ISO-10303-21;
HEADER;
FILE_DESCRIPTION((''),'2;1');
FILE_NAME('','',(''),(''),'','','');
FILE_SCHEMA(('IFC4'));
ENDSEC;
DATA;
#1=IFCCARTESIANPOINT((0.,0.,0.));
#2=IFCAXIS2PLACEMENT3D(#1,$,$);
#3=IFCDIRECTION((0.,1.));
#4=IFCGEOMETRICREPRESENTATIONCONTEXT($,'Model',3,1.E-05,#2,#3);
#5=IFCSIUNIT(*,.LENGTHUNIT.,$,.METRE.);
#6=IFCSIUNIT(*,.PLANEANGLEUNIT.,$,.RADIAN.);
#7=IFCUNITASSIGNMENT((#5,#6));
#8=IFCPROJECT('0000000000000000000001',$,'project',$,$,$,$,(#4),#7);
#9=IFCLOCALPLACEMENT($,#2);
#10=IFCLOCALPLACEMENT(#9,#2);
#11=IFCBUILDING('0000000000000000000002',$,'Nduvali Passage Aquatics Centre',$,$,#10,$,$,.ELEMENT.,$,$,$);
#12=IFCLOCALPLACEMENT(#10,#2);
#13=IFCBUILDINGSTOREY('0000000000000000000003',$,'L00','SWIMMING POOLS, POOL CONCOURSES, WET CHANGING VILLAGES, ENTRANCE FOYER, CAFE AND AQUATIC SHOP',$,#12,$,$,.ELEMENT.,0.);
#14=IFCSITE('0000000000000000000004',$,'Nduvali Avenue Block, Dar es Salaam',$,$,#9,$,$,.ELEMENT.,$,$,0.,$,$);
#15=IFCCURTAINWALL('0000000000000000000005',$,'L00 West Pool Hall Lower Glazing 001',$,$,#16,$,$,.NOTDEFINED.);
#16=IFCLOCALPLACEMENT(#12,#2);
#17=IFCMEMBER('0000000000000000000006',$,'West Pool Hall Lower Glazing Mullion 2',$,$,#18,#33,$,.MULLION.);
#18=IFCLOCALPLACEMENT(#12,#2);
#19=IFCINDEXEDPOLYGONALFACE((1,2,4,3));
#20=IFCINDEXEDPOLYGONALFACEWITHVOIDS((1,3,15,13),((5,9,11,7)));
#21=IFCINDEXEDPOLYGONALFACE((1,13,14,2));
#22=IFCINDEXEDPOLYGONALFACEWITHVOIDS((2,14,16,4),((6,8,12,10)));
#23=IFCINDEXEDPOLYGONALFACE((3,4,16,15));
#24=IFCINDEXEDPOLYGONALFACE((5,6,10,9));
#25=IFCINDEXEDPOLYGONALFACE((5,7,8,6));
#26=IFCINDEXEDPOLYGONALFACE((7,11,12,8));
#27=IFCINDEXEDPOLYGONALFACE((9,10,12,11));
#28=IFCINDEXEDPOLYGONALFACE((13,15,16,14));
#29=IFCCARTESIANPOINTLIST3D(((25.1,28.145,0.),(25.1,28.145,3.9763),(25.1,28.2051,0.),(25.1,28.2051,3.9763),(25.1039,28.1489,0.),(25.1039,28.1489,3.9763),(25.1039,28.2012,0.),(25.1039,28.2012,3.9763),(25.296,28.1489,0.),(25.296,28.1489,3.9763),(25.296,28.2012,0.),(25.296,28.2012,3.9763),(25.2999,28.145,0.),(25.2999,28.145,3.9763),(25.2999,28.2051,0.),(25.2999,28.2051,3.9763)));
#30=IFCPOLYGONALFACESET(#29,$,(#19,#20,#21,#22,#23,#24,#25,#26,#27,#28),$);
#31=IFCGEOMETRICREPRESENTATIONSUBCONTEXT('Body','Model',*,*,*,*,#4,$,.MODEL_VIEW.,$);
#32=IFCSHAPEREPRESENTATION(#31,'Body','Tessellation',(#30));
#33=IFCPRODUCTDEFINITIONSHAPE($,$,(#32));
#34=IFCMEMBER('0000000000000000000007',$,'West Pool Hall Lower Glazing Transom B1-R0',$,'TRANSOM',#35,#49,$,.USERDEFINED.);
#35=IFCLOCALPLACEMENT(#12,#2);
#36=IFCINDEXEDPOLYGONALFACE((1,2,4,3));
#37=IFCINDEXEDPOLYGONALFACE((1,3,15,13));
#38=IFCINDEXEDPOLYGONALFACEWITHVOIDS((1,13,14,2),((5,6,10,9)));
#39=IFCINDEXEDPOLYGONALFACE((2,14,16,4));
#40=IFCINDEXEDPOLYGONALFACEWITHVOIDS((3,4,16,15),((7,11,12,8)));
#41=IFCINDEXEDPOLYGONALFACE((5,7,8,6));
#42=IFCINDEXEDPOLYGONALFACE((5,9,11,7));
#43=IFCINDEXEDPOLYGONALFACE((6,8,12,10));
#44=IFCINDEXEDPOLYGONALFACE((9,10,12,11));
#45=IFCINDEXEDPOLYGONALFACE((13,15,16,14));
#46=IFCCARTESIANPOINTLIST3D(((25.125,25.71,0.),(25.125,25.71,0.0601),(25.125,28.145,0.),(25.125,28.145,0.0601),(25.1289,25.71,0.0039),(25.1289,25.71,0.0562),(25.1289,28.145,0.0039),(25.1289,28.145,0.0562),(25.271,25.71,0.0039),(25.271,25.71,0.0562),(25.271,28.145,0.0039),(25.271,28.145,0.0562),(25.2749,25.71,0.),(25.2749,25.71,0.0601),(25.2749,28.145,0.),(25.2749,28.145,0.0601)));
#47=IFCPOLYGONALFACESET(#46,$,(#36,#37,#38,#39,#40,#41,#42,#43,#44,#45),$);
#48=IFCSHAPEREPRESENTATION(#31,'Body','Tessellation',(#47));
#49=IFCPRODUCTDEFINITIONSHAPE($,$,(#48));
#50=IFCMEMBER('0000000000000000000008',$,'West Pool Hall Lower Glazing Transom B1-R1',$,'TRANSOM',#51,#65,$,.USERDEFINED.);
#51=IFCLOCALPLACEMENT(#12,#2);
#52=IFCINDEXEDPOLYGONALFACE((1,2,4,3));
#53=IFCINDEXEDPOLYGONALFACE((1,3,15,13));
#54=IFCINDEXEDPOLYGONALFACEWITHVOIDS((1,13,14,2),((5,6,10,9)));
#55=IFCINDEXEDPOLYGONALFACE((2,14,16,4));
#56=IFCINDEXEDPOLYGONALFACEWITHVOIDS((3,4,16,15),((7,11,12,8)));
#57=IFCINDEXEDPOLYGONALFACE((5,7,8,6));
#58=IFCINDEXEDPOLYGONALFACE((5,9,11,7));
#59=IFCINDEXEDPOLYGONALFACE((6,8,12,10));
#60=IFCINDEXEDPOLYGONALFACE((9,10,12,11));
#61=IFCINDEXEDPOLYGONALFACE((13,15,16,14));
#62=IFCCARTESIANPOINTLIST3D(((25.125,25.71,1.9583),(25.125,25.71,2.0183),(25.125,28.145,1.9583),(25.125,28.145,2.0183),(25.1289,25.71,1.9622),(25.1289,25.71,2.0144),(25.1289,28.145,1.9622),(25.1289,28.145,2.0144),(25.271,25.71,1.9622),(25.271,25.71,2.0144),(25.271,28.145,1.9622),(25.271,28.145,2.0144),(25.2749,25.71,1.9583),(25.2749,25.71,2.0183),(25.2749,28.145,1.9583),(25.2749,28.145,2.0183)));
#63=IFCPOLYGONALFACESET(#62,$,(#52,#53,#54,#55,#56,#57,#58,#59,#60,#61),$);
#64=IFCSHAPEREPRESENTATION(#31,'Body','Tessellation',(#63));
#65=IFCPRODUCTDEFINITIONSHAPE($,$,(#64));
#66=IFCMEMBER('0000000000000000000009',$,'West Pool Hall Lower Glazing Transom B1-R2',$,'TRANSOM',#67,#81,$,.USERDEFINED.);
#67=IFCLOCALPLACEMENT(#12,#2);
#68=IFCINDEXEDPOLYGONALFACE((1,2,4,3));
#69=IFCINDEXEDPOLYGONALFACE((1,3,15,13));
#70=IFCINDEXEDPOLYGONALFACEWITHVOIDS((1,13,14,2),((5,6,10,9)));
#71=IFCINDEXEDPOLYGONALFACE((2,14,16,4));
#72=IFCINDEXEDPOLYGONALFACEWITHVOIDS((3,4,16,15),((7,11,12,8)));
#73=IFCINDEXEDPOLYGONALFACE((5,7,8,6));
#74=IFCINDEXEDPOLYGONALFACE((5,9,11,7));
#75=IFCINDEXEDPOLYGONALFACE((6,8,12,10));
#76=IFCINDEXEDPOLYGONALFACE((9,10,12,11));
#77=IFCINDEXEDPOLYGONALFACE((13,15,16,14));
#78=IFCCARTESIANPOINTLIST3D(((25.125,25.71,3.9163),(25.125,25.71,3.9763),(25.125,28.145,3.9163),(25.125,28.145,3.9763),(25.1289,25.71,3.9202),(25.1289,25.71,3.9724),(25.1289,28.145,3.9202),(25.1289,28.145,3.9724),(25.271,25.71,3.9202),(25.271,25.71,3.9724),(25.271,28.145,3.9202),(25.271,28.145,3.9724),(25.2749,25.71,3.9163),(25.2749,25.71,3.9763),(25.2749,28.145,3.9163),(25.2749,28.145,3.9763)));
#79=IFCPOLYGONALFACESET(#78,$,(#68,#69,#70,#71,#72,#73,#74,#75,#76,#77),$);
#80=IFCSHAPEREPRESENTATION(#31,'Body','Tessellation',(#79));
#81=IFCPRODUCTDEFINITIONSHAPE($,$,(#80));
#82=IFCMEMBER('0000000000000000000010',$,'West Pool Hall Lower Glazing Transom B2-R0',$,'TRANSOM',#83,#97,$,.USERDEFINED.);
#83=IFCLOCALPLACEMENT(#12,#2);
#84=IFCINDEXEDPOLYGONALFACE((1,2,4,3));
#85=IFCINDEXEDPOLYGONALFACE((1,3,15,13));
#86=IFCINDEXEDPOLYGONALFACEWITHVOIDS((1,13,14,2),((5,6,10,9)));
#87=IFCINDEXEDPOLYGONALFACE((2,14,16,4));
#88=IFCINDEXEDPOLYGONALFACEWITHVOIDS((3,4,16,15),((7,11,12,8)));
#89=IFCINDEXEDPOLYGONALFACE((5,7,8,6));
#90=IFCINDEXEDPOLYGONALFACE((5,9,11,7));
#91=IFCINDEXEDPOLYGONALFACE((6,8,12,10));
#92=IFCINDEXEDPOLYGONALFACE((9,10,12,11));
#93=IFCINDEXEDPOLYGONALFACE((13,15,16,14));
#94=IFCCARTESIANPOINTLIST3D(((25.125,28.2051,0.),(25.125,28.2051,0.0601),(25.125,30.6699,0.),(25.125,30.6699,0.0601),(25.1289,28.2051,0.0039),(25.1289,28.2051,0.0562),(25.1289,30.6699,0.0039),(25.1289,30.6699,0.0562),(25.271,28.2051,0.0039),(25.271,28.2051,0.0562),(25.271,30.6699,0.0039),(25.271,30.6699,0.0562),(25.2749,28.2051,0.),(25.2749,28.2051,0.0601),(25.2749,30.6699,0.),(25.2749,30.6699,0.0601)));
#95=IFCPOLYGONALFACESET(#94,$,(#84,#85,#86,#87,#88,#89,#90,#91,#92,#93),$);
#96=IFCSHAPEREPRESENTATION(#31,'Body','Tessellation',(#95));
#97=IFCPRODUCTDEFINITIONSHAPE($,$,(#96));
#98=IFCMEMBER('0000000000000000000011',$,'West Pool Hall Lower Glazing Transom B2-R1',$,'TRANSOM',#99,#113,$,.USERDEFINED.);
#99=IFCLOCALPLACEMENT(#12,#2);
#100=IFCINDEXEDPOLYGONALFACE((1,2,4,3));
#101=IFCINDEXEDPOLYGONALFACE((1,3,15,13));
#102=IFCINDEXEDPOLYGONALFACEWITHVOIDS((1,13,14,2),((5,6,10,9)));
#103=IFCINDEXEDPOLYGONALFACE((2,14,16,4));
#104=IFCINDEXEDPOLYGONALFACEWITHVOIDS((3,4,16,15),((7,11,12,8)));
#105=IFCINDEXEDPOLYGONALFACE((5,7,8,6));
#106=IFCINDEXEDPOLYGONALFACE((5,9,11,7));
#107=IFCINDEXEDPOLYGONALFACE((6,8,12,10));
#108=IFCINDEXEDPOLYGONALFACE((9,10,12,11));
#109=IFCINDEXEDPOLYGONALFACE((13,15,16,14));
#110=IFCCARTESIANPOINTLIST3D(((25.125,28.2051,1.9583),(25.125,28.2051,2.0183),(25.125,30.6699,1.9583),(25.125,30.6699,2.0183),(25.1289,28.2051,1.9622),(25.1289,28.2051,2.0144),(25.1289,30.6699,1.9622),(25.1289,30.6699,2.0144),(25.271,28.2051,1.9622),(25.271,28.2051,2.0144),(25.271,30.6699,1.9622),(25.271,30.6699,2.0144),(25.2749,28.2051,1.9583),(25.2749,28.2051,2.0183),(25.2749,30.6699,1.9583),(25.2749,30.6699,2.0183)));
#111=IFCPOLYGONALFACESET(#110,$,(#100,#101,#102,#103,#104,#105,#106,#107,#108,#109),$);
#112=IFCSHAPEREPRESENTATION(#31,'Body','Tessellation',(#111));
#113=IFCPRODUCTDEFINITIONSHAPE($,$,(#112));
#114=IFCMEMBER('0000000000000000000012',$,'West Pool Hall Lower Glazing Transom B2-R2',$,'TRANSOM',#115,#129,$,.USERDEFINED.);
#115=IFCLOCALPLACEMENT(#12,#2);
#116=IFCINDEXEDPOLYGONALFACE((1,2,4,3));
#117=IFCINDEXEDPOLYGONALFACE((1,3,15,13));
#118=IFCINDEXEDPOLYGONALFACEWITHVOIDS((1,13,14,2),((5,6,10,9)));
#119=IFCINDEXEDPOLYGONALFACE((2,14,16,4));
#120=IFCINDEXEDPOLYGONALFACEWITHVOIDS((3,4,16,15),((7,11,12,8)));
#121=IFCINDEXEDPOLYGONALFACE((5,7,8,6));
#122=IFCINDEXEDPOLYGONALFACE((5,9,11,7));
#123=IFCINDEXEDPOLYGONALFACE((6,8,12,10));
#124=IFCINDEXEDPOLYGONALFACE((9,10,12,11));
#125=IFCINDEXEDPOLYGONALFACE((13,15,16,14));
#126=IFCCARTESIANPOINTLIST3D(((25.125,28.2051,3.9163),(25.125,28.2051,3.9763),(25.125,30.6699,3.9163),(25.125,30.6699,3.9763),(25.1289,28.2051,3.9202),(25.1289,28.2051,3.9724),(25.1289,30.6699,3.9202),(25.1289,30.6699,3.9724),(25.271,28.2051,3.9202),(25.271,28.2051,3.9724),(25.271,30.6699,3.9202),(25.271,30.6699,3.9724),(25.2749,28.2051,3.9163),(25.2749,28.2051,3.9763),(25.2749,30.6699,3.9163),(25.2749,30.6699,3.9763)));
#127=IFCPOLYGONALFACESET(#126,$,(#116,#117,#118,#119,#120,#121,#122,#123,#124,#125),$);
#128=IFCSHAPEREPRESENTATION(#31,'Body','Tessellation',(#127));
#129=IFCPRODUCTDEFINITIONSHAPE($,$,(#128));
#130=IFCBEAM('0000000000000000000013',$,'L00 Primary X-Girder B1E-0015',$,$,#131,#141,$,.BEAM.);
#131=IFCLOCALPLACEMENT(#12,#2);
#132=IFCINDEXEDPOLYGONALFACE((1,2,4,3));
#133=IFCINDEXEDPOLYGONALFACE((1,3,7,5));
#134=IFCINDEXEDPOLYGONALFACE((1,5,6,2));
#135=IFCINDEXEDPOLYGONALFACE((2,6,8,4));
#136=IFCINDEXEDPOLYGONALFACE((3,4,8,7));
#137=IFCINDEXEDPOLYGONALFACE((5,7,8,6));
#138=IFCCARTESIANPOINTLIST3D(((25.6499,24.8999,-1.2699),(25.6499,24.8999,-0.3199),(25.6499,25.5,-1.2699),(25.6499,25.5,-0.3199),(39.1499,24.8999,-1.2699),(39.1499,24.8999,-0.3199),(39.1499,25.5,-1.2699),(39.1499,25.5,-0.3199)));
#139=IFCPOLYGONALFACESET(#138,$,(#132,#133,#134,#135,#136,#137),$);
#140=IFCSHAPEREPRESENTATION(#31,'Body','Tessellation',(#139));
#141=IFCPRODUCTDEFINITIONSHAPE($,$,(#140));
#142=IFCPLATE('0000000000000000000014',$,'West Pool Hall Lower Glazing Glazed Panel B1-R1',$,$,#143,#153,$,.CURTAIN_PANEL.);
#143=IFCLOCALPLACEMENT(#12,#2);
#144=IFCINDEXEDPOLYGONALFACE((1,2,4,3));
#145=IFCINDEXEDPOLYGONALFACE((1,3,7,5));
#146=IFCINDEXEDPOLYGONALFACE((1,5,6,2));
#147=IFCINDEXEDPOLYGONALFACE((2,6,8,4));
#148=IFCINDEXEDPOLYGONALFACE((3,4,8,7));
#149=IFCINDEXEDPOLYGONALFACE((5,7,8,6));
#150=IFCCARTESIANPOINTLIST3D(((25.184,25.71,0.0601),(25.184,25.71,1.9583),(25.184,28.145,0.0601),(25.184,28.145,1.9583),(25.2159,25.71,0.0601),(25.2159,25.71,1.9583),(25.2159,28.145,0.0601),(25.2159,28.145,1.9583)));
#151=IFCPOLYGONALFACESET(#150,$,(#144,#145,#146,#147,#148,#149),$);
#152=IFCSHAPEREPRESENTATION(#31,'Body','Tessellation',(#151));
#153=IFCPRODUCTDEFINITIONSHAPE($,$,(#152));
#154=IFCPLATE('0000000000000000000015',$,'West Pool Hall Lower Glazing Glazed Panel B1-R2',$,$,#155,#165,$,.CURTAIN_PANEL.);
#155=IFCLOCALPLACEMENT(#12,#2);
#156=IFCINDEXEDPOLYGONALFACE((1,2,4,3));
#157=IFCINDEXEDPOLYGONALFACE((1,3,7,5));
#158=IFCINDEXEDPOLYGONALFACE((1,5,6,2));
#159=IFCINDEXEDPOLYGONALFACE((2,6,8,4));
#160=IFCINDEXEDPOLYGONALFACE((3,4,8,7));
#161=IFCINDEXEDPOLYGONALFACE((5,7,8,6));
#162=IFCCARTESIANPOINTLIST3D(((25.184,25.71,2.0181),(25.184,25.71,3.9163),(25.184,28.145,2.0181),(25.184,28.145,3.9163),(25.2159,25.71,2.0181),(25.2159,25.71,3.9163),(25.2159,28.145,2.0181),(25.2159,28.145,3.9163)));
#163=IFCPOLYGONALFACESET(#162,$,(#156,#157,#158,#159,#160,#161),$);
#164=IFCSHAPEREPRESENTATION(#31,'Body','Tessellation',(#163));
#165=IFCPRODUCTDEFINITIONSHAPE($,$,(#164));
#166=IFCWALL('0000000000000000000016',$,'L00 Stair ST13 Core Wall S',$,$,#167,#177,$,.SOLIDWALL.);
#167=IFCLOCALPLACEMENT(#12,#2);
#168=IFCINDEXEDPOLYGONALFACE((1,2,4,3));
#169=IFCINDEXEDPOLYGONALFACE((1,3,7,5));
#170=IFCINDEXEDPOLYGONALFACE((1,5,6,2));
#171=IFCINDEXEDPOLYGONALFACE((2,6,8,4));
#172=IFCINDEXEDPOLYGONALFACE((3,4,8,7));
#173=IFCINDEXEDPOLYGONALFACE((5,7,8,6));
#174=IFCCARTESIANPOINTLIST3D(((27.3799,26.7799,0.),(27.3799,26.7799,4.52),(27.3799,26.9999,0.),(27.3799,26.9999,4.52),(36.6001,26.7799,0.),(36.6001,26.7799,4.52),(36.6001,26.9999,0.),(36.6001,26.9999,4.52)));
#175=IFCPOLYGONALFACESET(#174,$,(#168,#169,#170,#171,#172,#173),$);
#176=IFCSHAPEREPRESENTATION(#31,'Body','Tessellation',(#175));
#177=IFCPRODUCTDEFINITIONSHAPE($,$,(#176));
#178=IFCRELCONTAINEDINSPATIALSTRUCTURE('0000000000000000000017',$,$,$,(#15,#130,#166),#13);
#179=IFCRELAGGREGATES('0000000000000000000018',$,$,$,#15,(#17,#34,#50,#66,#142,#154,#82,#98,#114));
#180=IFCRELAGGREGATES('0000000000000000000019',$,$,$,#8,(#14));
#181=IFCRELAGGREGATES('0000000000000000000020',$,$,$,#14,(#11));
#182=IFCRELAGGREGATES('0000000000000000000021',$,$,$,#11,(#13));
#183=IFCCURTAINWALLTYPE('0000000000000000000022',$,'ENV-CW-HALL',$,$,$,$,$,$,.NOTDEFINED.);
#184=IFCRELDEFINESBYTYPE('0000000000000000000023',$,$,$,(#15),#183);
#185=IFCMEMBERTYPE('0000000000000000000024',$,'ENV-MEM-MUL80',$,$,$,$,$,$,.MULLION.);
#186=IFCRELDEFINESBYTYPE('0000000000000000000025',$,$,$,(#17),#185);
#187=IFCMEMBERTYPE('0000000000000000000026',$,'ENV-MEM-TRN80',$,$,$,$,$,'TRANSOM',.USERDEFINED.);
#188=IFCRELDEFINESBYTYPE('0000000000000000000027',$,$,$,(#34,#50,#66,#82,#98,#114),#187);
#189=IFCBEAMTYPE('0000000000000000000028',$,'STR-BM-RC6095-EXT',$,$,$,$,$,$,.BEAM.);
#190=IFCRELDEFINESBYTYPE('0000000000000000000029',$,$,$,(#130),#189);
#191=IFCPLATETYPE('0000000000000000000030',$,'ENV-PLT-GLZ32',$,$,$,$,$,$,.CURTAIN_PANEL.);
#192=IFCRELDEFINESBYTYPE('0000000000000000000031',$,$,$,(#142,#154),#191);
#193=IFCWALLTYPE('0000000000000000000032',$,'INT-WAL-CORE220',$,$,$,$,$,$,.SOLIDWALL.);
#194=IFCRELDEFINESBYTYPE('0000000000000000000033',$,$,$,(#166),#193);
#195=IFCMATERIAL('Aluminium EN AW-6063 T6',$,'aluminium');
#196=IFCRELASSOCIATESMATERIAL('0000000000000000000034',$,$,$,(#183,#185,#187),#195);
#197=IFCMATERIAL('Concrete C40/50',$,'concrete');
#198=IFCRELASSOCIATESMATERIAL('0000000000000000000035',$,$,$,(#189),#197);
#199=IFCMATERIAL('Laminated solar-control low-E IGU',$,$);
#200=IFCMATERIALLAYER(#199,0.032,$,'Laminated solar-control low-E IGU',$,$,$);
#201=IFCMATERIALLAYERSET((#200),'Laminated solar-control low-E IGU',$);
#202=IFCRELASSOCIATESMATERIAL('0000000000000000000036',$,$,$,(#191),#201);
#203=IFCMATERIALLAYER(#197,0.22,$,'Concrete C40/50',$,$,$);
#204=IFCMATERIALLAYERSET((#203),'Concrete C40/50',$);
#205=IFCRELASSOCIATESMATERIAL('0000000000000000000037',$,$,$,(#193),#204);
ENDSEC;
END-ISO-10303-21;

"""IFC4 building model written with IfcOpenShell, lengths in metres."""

from ifc_helpers import new_model, si_unit, direction, frame, frame_2d, origin, origin_2d, place, context, subcontext, project, spatial, rectangle, hollow_rectangle, extrude, material, layer, layer_set, material_profile, profile_set, type_object, element, aggregate, save


model = new_model("IFC4")

# Units and contexts
model_context = context("Model", 3, precision=1e-05, world=origin(), true_north=direction((0.0, 1.0)))
body_context = subcontext(model_context, "Body", "Model", "MODEL_VIEW")
ifc_project = project(units=[si_unit("LENGTHUNIT", "METRE"), si_unit("PLANEANGLEUNIT", "RADIAN")], contexts=[model_context])

# Site, building, storey
site_placement = place(None, origin())
site = spatial("IfcSite", under=ifc_project, at=site_placement, Name="Nduvali Avenue Block, Dar es Salaam", CompositionType="ELEMENT", RefElevation=0.0)
building_placement = place(site_placement, origin())
building = spatial("IfcBuilding", under=site, at=building_placement, Name="Nduvali Passage Aquatics Centre", CompositionType="ELEMENT")
storey_placement = place(building_placement, origin())
storey = spatial("IfcBuildingStorey", under=building, at=storey_placement, Name="L00", Description="SWIMMING POOLS, POOL CONCOURSES, WET CHANGING VILLAGES, ENTRANCE FOYER, CAFE AND AQUATIC SHOP", CompositionType="ELEMENT", Elevation=0.0)

# Curtain wall, members
ifc_material_1 = material(Name="Aluminium EN AW-6063 T6", Category="aluminium")
curtain_wall_type = type_object("IfcCurtainWallType", Name="ENV-CW-HALL", PredefinedType="NOTDEFINED", material=ifc_material_1)
curtain_wall_placement = place(storey_placement, origin())
curtain_wall = element("IfcCurtainWall", 1, at=curtain_wall_placement, inside=storey, type_object=curtain_wall_type, Name="L00 West Pool Hall Lower Glazing 001", PredefinedType="NOTDEFINED")
ifc_material_profile_1 = material_profile(ifc_material_1, hollow_rectangle(XDim=0.0601, YDim=0.2, WallThickness=0.0039, at=origin_2d()), Name="ALU MULLION 60x200x4")
ifc_profile_set_1 = profile_set([ifc_material_profile_1], Name="Aluminium EN AW-6063 T6")
member_type_1 = type_object("IfcMemberType", Name="ENV-MEM-MUL80", PredefinedType="MULLION", material=ifc_profile_set_1)
member_1_placement = place(storey_placement, frame((25.2, 28.175, 0.0), z_axis=(0.0, 0.0, 1.0), x_axis=(0.0, 1.0, 0.0)))
member_1 = element("IfcMember", 2, at=member_1_placement, type_object=member_type_1, Name="West Pool Hall Lower Glazing Mullion 2", PredefinedType="MULLION", context=body_context, shape_type="SweptSolid", body=[
    extrude(hollow_rectangle(XDim=0.0601, YDim=0.2, WallThickness=0.0039, at=origin_2d()), origin(), (0.0, 0.0, 1.0), 3.9763),
])
ifc_material_profile_2 = material_profile(ifc_material_1, hollow_rectangle(XDim=0.1499, YDim=0.0601, WallThickness=0.0039, at=origin_2d()), Name="ALU TRANSOM 150x60x4")
ifc_profile_set_2 = profile_set([ifc_material_profile_2], Name="Aluminium EN AW-6063 T6")
member_type_2 = type_object("IfcMemberType", Name="ENV-MEM-TRN80", ElementType="TRANSOM", PredefinedType="USERDEFINED", material=ifc_profile_set_2)
member_2_placement = place(storey_placement, frame((25.2, 25.71, 0.03), z_axis=(0.0, 1.0, 0.0), x_axis=(-1.0, 0.0, 0.0)))
member_2 = element("IfcMember", 3, at=member_2_placement, type_object=member_type_2, Name="West Pool Hall Lower Glazing Transom B1-R0", ObjectType="TRANSOM", PredefinedType="USERDEFINED", context=body_context, shape_type="SweptSolid", body=[
    extrude(hollow_rectangle(XDim=0.1499, YDim=0.0601, WallThickness=0.0039, at=origin_2d()), origin(), (0.0, 0.0, 1.0), 2.4351),
])
member_3_placement = place(storey_placement, frame((25.2, 25.71, 1.9883), z_axis=(0.0, 1.0, 0.0), x_axis=(-1.0, 0.0, 0.0)))
member_3 = element("IfcMember", 4, at=member_3_placement, type_object=member_type_2, Name="West Pool Hall Lower Glazing Transom B1-R1", ObjectType="TRANSOM", PredefinedType="USERDEFINED", context=body_context, shape_type="SweptSolid", body=[
    extrude(hollow_rectangle(XDim=0.1499, YDim=0.0601, WallThickness=0.0039, at=origin_2d()), origin(), (0.0, 0.0, 1.0), 2.4351),
])
member_4_placement = place(storey_placement, frame((25.2, 25.71, 3.9463), z_axis=(0.0, 1.0, 0.0), x_axis=(-1.0, 0.0, 0.0)))
member_4 = element("IfcMember", 5, at=member_4_placement, type_object=member_type_2, Name="West Pool Hall Lower Glazing Transom B1-R2", ObjectType="TRANSOM", PredefinedType="USERDEFINED", context=body_context, shape_type="SweptSolid", body=[
    extrude(hollow_rectangle(XDim=0.1499, YDim=0.0601, WallThickness=0.0039, at=origin_2d()), origin(), (0.0, 0.0, 1.0), 2.4351),
])
member_5_placement = place(storey_placement, frame((25.2, 28.2051, 0.03), z_axis=(0.0, 1.0, 0.0), x_axis=(-1.0, 0.0, 0.0)))
member_5 = element("IfcMember", 6, at=member_5_placement, type_object=member_type_2, Name="West Pool Hall Lower Glazing Transom B2-R0", ObjectType="TRANSOM", PredefinedType="USERDEFINED", context=body_context, shape_type="SweptSolid", body=[
    extrude(hollow_rectangle(XDim=0.1499, YDim=0.0601, WallThickness=0.0039, at=origin_2d()), origin(), (0.0, 0.0, 1.0), 2.4648),
])
member_6_placement = place(storey_placement, frame((25.2, 28.2051, 1.9883), z_axis=(0.0, 1.0, 0.0), x_axis=(-1.0, 0.0, 0.0)))
member_6 = element("IfcMember", 7, at=member_6_placement, type_object=member_type_2, Name="West Pool Hall Lower Glazing Transom B2-R1", ObjectType="TRANSOM", PredefinedType="USERDEFINED", context=body_context, shape_type="SweptSolid", body=[
    extrude(hollow_rectangle(XDim=0.1499, YDim=0.0601, WallThickness=0.0039, at=origin_2d()), origin(), (0.0, 0.0, 1.0), 2.4648),
])
member_7_placement = place(storey_placement, frame((25.2, 28.2051, 3.9463), z_axis=(0.0, 1.0, 0.0), x_axis=(-1.0, 0.0, 0.0)))
member_7 = element("IfcMember", 8, at=member_7_placement, type_object=member_type_2, Name="West Pool Hall Lower Glazing Transom B2-R2", ObjectType="TRANSOM", PredefinedType="USERDEFINED", context=body_context, shape_type="SweptSolid", body=[
    extrude(hollow_rectangle(XDim=0.1499, YDim=0.0601, WallThickness=0.0039, at=origin_2d()), origin(), (0.0, 0.0, 1.0), 2.4648),
])

# Beam
ifc_material_2 = material(Name="Concrete C40/50", Category="concrete")
ifc_material_profile_3 = material_profile(ifc_material_2, rectangle(XDim=0.6001, YDim=0.95, at=origin_2d()), Name="RC 600x950")
ifc_profile_set_3 = profile_set([ifc_material_profile_3], Name="Concrete C40/50")
beam_type = type_object("IfcBeamType", Name="STR-BM-RC6095-EXT", PredefinedType="BEAM", material=ifc_profile_set_3)
beam_placement = place(storey_placement, frame((25.6499, 25.2, -0.7949), z_axis=(1.0, 0.0, 0.0), x_axis=(0.0, 1.0, 0.0)))
element("IfcBeam", 9, at=beam_placement, inside=storey, type_object=beam_type, Name="L00 Primary X-Girder B1E-0015", PredefinedType="BEAM", context=body_context, shape_type="SweptSolid", body=[
    extrude(rectangle(XDim=0.6001, YDim=0.95, at=origin_2d()), origin(), (0.0, 0.0, 1.0), 13.5),
])

# Plates
ifc_material_3 = material(Name="Laminated solar-control low-E IGU")
ifc_layer_1 = layer(ifc_material_3, 0.032, Name="Laminated solar-control low-E IGU")
ifc_layer_set_1 = layer_set([ifc_layer_1], Name="Laminated solar-control low-E IGU")
plate_type = type_object("IfcPlateType", Name="ENV-PLT-GLZ32", PredefinedType="CURTAIN_PANEL", material=ifc_layer_set_1)
plate_1_placement = place(storey_placement, frame((25.2, 26.9275, 0.0601), z_axis=(0.0, 0.0, 1.0), x_axis=(0.0, 1.0, 0.0)))
plate_1 = element("IfcPlate", 10, at=plate_1_placement, type_object=plate_type, Name="West Pool Hall Lower Glazing Glazed Panel B1-R1", PredefinedType="CURTAIN_PANEL", context=body_context, shape_type="SweptSolid", body=[
    extrude(rectangle(XDim=2.4351, YDim=0.032, at=origin_2d()), origin(), (0.0, 0.0, 1.0), 1.8982),
])
plate_2_placement = place(storey_placement, frame((25.2, 26.9275, 2.0181), z_axis=(0.0, 0.0, 1.0), x_axis=(0.0, 1.0, 0.0)))
plate_2 = element("IfcPlate", 11, at=plate_2_placement, type_object=plate_type, Name="West Pool Hall Lower Glazing Glazed Panel B1-R2", PredefinedType="CURTAIN_PANEL", context=body_context, shape_type="SweptSolid", body=[
    extrude(rectangle(XDim=2.4351, YDim=0.032, at=origin_2d()), origin(), (0.0, 0.0, 1.0), 1.8982),
])
aggregate(curtain_wall, [member_1, member_2, member_3, member_4, plate_1, plate_2, member_5, member_6, member_7])

# Wall
ifc_layer_2 = layer(ifc_material_2, 0.22, Name="Concrete C40/50")
ifc_layer_set_2 = layer_set([ifc_layer_2], Name="Concrete C40/50")
wall_type_1 = type_object("IfcWallType", Name="INT-WAL-CORE220", PredefinedType="SOLIDWALL", material=ifc_layer_set_2)
wall_1_placement = place(storey_placement, frame((27.3799, 26.8899, 0.0), z_axis=(0.0, 0.0, 1.0), x_axis=(1.0, 0.0, 0.0)))
element("IfcWall", 12, at=wall_1_placement, inside=storey, type_object=wall_type_1, Name="L00 Stair ST13 Core Wall S", PredefinedType="SOLIDWALL", context=body_context, shape_type="SweptSolid", body=[
    extrude(rectangle(XDim=9.2202, YDim=0.22, at=frame_2d((4.6101, 0.0))), origin(), (0.0, 0.0, 1.0), 4.52),
])

save(model, "model.ifc")
